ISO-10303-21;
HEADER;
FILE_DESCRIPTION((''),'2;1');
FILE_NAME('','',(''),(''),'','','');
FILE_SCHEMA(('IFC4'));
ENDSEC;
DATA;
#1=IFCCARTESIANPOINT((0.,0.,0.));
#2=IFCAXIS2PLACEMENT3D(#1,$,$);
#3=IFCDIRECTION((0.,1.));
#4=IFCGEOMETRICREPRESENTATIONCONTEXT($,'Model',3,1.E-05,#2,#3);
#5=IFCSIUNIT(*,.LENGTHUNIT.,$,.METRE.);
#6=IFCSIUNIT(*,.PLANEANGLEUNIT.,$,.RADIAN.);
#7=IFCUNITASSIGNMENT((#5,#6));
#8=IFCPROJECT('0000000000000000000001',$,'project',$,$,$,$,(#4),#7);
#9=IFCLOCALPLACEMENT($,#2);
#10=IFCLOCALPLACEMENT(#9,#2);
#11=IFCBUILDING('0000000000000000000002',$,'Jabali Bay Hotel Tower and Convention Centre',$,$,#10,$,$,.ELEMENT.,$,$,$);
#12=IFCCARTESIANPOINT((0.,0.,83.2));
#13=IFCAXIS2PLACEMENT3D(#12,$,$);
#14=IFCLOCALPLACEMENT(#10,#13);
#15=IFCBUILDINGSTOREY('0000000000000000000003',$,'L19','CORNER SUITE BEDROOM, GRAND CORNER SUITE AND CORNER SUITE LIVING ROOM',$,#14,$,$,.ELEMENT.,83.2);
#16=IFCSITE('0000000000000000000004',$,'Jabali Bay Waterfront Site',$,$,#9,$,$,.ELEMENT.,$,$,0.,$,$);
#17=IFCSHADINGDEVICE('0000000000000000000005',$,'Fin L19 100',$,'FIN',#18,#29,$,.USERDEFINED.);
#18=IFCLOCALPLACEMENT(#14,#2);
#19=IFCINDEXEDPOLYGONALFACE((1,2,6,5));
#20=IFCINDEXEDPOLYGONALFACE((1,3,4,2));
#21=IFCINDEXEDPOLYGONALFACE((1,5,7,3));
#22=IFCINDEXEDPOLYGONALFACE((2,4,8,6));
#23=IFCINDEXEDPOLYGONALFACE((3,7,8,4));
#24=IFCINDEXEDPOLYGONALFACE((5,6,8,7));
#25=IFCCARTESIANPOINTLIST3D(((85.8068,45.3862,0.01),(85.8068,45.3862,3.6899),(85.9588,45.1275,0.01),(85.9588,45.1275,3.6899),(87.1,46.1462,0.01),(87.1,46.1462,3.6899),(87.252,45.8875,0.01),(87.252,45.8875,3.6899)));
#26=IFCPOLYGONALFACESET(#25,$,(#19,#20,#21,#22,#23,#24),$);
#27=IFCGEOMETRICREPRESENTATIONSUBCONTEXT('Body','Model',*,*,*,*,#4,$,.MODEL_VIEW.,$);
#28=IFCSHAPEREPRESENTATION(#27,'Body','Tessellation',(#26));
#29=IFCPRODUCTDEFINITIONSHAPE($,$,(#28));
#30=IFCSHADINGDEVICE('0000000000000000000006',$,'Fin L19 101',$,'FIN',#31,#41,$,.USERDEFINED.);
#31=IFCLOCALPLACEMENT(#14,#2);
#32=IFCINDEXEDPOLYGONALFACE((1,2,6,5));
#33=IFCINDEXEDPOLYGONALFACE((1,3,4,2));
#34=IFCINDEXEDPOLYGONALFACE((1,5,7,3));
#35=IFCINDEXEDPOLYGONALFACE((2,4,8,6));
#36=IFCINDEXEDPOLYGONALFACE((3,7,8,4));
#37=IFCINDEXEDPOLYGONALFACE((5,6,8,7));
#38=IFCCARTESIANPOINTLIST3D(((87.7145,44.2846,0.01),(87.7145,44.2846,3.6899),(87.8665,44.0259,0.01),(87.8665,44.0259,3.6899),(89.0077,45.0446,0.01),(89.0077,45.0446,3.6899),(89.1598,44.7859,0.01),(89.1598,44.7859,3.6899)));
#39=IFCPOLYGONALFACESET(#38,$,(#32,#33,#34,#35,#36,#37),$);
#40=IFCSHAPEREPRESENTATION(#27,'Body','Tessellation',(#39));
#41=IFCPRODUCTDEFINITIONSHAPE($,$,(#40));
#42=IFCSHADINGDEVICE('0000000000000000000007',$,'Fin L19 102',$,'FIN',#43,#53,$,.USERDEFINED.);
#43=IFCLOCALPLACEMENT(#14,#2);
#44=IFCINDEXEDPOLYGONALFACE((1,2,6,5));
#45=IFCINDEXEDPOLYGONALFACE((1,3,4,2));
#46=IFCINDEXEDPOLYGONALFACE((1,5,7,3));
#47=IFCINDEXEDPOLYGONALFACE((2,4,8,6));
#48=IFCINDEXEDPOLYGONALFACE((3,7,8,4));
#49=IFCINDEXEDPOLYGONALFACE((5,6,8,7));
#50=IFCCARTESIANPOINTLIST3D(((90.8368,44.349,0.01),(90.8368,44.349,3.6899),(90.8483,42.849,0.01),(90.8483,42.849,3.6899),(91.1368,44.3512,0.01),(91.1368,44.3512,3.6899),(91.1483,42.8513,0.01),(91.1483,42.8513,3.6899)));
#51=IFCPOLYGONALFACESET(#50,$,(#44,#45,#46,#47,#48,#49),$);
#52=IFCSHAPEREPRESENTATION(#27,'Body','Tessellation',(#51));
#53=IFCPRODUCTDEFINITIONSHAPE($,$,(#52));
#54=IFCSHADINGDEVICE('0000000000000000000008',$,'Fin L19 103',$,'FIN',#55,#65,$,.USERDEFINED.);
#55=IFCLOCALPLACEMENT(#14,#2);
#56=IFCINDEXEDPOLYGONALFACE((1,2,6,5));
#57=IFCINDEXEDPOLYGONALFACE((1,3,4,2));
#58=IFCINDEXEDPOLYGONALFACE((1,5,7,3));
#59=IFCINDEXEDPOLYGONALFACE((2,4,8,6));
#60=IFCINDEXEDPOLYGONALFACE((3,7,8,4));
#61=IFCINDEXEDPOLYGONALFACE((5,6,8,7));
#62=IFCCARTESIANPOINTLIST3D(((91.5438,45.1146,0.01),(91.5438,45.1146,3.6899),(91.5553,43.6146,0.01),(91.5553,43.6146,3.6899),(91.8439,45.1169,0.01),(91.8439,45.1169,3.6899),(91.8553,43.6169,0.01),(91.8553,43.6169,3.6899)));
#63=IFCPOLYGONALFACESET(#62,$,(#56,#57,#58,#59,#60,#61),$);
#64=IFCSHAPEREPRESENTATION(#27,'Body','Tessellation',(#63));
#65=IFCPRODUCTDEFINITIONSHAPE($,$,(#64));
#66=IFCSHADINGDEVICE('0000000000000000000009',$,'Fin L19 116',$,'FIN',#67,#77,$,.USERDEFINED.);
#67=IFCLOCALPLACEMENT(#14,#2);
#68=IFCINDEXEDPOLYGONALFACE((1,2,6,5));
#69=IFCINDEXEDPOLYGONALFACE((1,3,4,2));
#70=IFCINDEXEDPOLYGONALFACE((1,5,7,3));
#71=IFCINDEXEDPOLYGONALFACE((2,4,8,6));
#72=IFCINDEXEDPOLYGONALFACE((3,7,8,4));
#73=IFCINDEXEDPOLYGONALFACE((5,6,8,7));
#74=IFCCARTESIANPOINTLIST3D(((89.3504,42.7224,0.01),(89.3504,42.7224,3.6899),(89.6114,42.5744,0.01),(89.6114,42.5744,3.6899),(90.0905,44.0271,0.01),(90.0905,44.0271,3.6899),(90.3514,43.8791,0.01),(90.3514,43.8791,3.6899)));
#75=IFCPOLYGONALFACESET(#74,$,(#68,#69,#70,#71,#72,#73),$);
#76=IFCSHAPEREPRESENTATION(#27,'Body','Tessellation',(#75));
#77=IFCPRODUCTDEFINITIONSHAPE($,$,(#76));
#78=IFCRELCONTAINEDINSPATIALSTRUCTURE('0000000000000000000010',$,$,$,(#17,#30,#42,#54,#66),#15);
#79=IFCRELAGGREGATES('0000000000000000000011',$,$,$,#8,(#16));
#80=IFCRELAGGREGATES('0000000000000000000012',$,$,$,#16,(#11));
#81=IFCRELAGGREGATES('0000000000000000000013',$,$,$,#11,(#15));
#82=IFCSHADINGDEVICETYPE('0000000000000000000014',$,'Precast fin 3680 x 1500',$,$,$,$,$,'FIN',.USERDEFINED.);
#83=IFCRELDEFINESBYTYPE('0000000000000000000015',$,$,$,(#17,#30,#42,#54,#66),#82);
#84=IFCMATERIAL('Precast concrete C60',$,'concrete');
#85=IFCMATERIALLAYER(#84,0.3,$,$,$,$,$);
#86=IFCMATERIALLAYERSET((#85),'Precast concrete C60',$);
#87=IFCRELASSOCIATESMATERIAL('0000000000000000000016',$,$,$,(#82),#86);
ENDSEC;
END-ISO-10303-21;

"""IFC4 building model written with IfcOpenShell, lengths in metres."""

from ifc_helpers import new_model, si_unit, direction, frame, frame_2d, origin, place, context, subcontext, project, spatial, rectangle, extrude, material, layer, layer_set, type_object, element, save


model = new_model("IFC4")

# Units and contexts
model_context = context("Model", 3, precision=1e-05, world=origin(), true_north=direction((0.0, 1.0)))
body_context = subcontext(model_context, "Body", "Model", "MODEL_VIEW")
ifc_project = project(units=[si_unit("LENGTHUNIT", "METRE"), si_unit("PLANEANGLEUNIT", "RADIAN")], contexts=[model_context])

# Site, building, storey
site_placement = place(None, origin())
site = spatial("IfcSite", under=ifc_project, at=site_placement, Name="Jabali Bay Waterfront Site", CompositionType="ELEMENT", RefElevation=0.0)
building_placement = place(site_placement, origin())
building = spatial("IfcBuilding", under=site, at=building_placement, Name="Jabali Bay Hotel Tower and Convention Centre", CompositionType="ELEMENT")
storey_placement = place(building_placement, frame((0.0, 0.0, 83.2)))
storey = spatial("IfcBuildingStorey", under=building, at=storey_placement, Name="L19", Description="CORNER SUITE BEDROOM, GRAND CORNER SUITE AND CORNER SUITE LIVING ROOM", CompositionType="ELEMENT", Elevation=83.2)

# Shading devices
ifc_material_1 = material(Name="Precast concrete C60", Category="concrete")
ifc_layer_1 = layer(ifc_material_1, 0.3)
ifc_layer_set_1 = layer_set([ifc_layer_1], Name="Precast concrete C60")
shading_device_type = type_object("IfcShadingDeviceType", Name="Precast fin 3680 x 1500", ElementType="FIN", PredefinedType="USERDEFINED", material=ifc_layer_set_1)
for number, where, z_axis, x_axis, name in (
    (1, (87.176, 46.0168, 0.01), (0.0, 0.0, 1.0), (-0.862139, -0.506672, 0.0), "Fin L19 100"),
    (2, (89.0837, 44.9153, 0.01), (0.0, 0.0, 1.0), (-0.862139, -0.506672, 0.0), "Fin L19 101"),
    (3, (90.9868, 44.3501, 0.01), (0.0, 0.0, 1.0), (0.00765, -0.999971, 0.0), "Fin L19 102"),
    (4, (91.6938, 45.1157, 0.01), (0.0, 0.0, 1.0), (0.00765, -0.999971, 0.0), "Fin L19 103"),
    (5, (90.2209, 43.9531, 0.01), (0.0, 0.0, 1.0), (-0.493349, -0.869831, 0.0), "Fin L19 116"),
):
    element("IfcShadingDevice", number, at=place(storey_placement, frame(where, z_axis=z_axis, x_axis=x_axis)), inside=storey, type_object=shading_device_type, Name=name, ObjectType="FIN", PredefinedType="USERDEFINED", context=body_context, shape_type="SweptSolid", body=[
        extrude(rectangle(XDim=1.5, YDim=0.3, at=frame_2d((0.75, 0.0))), origin(), (0.0, 0.0, 1.0), 3.6799),
    ])

save(model, "model.ifc")
